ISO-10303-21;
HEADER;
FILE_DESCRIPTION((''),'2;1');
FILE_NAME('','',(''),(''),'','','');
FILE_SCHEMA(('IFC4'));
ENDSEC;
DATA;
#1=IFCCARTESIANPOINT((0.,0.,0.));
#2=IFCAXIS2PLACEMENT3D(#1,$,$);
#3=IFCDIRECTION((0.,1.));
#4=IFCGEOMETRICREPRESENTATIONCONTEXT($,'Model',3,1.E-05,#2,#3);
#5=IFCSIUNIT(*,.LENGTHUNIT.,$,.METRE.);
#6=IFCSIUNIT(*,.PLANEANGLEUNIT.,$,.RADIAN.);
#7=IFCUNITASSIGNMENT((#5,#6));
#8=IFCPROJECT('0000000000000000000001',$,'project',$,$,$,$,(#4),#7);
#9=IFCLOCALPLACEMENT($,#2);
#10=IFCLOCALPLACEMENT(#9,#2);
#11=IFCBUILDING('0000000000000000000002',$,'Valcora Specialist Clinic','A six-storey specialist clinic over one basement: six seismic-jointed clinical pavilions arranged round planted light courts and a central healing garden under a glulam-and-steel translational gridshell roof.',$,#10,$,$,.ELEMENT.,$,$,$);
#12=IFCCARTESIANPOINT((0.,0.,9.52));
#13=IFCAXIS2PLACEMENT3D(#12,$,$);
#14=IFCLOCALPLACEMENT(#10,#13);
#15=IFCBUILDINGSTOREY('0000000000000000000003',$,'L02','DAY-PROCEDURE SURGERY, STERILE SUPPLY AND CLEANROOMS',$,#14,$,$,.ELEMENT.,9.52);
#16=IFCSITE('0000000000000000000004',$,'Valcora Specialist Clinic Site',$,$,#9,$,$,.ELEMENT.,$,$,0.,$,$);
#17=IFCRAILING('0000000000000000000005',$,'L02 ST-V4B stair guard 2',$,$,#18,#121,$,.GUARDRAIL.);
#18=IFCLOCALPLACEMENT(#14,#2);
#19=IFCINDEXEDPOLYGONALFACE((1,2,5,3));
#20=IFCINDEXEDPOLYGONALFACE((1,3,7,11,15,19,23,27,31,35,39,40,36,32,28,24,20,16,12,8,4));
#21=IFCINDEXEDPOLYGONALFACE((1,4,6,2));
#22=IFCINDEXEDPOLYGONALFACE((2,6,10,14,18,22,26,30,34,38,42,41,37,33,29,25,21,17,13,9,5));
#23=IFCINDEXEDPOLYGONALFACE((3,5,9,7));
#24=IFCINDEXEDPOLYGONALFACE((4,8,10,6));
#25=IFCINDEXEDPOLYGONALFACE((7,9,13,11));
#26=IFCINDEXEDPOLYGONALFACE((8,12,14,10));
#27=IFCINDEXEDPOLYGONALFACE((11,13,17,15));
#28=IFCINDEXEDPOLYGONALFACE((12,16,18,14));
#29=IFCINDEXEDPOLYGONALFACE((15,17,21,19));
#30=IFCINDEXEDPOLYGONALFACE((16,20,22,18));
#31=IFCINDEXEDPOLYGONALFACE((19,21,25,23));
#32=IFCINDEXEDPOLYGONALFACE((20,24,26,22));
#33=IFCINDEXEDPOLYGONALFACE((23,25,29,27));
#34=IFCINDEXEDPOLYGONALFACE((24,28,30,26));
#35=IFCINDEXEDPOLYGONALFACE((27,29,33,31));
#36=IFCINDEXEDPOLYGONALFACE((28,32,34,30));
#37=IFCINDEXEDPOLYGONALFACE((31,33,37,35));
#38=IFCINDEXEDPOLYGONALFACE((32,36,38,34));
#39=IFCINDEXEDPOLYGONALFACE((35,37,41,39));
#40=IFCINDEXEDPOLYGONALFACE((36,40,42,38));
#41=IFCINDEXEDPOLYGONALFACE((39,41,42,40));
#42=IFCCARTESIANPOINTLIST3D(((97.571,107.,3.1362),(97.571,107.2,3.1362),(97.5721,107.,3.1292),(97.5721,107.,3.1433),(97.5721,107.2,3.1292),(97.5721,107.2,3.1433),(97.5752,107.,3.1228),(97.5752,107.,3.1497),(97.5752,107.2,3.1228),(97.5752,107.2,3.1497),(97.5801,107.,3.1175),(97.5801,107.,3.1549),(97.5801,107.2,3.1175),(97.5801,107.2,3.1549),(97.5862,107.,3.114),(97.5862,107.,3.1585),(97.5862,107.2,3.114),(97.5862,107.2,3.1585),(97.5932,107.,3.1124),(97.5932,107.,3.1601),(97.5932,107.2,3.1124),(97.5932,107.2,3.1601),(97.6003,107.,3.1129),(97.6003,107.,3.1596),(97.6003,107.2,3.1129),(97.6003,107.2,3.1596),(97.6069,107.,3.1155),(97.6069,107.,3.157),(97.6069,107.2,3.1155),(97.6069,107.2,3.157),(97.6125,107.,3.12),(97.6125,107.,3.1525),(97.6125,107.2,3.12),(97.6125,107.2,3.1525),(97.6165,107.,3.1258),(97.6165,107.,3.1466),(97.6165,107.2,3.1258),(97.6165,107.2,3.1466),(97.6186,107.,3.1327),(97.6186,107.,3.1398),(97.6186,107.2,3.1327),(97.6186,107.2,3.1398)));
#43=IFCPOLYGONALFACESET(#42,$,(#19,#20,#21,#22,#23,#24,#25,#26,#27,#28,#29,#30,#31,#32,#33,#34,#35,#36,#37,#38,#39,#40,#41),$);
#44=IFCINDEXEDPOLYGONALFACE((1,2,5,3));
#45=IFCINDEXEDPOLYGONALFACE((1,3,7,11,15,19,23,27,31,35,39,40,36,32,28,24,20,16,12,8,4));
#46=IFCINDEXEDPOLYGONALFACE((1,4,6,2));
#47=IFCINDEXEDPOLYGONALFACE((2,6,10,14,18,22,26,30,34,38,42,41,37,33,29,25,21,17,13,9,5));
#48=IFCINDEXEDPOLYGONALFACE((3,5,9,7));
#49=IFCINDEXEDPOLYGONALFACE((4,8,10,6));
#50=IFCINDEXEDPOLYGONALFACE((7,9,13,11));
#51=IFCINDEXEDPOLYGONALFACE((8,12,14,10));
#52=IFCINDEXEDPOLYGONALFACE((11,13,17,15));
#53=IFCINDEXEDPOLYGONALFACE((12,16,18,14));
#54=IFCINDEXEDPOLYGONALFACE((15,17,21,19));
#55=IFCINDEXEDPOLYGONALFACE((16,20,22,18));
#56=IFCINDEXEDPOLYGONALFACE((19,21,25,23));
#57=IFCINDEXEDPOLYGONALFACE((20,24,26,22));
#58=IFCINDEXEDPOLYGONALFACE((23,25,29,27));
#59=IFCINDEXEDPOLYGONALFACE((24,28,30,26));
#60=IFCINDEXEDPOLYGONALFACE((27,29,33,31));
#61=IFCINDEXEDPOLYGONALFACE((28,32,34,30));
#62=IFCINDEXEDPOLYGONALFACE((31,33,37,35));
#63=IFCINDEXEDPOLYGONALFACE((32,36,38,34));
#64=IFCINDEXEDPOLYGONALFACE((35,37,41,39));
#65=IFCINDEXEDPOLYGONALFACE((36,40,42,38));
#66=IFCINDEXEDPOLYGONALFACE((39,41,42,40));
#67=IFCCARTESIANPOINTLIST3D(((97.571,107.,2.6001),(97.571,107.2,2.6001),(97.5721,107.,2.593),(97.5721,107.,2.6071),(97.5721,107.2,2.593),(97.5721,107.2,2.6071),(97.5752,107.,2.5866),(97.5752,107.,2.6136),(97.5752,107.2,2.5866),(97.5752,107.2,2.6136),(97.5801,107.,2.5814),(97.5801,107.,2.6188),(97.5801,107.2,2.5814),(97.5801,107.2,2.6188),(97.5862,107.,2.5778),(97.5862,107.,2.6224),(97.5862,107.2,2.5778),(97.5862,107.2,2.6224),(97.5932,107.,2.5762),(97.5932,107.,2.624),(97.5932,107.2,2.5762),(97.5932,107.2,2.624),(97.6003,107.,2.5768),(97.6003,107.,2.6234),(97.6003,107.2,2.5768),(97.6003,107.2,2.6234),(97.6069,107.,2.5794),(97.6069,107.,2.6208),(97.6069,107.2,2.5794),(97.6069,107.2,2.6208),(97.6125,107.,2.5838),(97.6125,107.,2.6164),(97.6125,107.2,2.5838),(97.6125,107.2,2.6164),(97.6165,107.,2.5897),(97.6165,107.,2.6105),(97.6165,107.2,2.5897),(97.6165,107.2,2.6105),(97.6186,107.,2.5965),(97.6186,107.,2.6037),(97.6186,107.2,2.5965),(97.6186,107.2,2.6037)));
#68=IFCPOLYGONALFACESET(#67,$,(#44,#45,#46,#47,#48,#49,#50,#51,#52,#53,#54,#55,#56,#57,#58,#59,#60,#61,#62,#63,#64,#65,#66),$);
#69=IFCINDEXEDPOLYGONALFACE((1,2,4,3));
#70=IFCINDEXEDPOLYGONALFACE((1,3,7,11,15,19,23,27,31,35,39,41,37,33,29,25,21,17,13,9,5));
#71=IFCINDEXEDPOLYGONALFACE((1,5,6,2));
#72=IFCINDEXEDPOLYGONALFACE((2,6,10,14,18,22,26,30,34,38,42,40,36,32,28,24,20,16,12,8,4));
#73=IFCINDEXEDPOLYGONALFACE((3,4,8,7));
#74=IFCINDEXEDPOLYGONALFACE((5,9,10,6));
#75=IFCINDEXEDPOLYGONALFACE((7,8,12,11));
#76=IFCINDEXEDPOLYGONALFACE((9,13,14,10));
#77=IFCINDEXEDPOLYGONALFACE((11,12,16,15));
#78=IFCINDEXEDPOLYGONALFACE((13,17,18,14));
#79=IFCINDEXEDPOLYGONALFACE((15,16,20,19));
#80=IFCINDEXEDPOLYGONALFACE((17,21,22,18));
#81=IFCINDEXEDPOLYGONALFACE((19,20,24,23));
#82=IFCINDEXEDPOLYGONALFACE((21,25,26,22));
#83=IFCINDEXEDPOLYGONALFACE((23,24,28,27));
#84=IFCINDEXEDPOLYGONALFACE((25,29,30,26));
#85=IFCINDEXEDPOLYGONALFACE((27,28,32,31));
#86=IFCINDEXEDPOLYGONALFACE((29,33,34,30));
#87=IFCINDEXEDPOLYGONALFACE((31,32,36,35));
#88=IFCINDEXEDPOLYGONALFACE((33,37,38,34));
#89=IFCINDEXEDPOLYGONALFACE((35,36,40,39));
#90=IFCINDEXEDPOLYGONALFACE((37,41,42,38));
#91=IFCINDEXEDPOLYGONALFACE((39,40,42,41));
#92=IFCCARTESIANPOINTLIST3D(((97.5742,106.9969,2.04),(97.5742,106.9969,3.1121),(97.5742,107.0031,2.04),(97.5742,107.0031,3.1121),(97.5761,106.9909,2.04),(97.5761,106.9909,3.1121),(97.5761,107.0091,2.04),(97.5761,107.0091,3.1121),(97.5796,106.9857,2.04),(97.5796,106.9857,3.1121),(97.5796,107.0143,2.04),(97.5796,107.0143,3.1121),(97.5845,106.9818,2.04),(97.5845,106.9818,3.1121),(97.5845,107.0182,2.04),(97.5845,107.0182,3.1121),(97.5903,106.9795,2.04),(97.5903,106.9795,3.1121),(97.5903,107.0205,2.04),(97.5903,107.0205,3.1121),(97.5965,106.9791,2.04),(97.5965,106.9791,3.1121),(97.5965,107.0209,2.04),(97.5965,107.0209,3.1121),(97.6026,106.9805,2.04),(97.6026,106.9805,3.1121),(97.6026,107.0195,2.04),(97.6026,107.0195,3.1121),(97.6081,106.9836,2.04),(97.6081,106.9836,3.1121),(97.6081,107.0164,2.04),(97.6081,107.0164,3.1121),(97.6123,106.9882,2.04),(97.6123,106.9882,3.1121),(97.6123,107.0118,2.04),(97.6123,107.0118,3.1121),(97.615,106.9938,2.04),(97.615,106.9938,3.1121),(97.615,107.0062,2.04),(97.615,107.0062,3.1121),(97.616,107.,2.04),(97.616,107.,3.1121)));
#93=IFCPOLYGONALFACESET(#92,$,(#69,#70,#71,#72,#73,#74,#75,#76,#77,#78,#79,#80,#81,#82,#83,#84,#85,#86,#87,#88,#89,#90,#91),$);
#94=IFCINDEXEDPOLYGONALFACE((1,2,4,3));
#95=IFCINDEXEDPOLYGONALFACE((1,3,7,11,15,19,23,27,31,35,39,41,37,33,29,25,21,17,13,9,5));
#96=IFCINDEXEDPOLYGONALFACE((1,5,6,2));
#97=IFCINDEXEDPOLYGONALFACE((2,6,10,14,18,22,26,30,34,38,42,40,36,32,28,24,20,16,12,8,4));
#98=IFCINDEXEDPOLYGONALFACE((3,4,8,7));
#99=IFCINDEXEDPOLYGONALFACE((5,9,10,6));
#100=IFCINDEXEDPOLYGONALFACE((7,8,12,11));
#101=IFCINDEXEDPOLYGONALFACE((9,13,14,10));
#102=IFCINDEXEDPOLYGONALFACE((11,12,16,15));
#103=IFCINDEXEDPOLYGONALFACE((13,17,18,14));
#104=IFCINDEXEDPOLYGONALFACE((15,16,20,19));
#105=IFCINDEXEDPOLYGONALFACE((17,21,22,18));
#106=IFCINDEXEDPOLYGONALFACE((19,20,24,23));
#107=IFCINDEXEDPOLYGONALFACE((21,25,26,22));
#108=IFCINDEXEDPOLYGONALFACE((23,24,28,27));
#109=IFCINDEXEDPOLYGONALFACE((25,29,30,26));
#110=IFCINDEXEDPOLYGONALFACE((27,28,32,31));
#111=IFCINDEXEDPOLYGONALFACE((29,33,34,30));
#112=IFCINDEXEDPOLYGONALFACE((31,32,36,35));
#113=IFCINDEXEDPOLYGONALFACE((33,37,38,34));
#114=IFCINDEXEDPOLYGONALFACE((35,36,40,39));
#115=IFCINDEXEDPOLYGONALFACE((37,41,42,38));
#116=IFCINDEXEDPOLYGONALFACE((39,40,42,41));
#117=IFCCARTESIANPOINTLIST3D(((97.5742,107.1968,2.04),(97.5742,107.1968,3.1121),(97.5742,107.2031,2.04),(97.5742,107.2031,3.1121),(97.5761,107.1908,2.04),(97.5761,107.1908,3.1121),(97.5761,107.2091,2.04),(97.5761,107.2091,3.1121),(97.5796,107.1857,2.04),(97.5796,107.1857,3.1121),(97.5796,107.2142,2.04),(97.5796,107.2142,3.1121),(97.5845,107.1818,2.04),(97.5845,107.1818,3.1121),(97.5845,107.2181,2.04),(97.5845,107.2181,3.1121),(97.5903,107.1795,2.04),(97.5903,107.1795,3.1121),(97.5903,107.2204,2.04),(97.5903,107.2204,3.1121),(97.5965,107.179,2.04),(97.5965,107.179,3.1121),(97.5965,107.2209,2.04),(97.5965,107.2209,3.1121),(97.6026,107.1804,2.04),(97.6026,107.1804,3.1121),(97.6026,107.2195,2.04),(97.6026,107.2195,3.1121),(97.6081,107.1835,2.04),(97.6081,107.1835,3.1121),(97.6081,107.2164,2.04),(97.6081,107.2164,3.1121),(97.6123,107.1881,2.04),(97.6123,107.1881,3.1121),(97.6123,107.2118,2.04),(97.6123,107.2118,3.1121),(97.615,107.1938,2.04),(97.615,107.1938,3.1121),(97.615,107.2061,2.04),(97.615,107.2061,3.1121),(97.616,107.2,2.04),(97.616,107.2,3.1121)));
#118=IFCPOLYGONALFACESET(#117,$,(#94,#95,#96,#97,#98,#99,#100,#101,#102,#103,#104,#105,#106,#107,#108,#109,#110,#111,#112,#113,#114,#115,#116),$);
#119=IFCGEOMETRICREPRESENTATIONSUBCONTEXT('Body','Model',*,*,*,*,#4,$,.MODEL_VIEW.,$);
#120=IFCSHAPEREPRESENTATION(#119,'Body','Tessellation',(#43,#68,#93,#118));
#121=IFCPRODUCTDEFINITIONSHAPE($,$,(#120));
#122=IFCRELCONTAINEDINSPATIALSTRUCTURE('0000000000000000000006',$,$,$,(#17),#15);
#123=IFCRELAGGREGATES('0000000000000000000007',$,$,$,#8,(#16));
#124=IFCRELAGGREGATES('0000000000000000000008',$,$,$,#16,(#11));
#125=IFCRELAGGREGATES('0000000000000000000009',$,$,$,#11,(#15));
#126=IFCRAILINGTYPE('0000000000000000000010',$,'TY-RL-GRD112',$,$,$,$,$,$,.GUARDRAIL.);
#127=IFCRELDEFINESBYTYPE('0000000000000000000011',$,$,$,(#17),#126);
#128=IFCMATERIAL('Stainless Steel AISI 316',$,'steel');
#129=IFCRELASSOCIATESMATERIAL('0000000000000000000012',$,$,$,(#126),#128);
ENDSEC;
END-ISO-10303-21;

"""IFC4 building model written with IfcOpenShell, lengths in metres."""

from ifc_helpers import new_model, si_unit, direction, frame, origin, origin_2d, place, context, subcontext, project, spatial, circle, extrude, material, type_object, element, save


model = new_model("IFC4")

# Units and contexts
model_context = context("Model", 3, precision=1e-05, world=origin(), true_north=direction((0.0, 1.0)))
body_context = subcontext(model_context, "Body", "Model", "MODEL_VIEW")
ifc_project = project(units=[si_unit("LENGTHUNIT", "METRE"), si_unit("PLANEANGLEUNIT", "RADIAN")], contexts=[model_context])

# Site, building, storey
site_placement = place(None, origin())
site = spatial("IfcSite", under=ifc_project, at=site_placement, Name="Valcora Specialist Clinic Site", CompositionType="ELEMENT", RefElevation=0.0)
building_placement = place(site_placement, origin())
building = spatial("IfcBuilding", under=site, at=building_placement, Name="Valcora Specialist Clinic", Description="A six-storey specialist clinic over one basement: six seismic-jointed clinical pavilions arranged round planted light courts and a central healing garden under a glulam-and-steel translational gridshell roof.", CompositionType="ELEMENT")
storey_placement = place(building_placement, frame((0.0, 0.0, 9.52)))
storey = spatial("IfcBuildingStorey", under=building, at=storey_placement, Name="L02", Description="DAY-PROCEDURE SURGERY, STERILE SUPPLY AND CLEANROOMS", CompositionType="ELEMENT", Elevation=9.52)

# Railing
ifc_material_1 = material(Name="Stainless Steel AISI 316", Category="steel")
railing_type = type_object("IfcRailingType", Name="TY-RL-GRD112", PredefinedType="GUARDRAIL", material=ifc_material_1)
railing_placement = place(storey_placement, frame((97.595, 107.0, 2.04)))
element("IfcRailing", 1, at=railing_placement, inside=storey, type_object=railing_type, Name="L02 ST-V4B stair guard 2", PredefinedType="GUARDRAIL", context=body_context, shape_type="SweptSolid", body=[
    extrude(circle(Radius=0.0239, at=origin_2d()), frame((0.0, 0.0, 1.0962), z_axis=(0.0, 1.0, 0.0), x_axis=(-1.0, 0.0, 0.0)), (0.0, 0.0, 1.0), 0.2),
    extrude(circle(Radius=0.0239, at=origin_2d()), frame((0.0, 0.0, 0.5601), z_axis=(0.0, 1.0, 0.0), x_axis=(-1.0, 0.0, 0.0)), (0.0, 0.0, 1.0), 0.2),
    extrude(circle(Radius=0.021, at=origin_2d()), origin(), (0.0, 0.0, 1.0), 1.072),
    extrude(circle(Radius=0.021, at=origin_2d()), frame((0.0, 0.2, 0.0)), (0.0, 0.0, 1.0), 1.072),
])

save(model, "model.ifc")
